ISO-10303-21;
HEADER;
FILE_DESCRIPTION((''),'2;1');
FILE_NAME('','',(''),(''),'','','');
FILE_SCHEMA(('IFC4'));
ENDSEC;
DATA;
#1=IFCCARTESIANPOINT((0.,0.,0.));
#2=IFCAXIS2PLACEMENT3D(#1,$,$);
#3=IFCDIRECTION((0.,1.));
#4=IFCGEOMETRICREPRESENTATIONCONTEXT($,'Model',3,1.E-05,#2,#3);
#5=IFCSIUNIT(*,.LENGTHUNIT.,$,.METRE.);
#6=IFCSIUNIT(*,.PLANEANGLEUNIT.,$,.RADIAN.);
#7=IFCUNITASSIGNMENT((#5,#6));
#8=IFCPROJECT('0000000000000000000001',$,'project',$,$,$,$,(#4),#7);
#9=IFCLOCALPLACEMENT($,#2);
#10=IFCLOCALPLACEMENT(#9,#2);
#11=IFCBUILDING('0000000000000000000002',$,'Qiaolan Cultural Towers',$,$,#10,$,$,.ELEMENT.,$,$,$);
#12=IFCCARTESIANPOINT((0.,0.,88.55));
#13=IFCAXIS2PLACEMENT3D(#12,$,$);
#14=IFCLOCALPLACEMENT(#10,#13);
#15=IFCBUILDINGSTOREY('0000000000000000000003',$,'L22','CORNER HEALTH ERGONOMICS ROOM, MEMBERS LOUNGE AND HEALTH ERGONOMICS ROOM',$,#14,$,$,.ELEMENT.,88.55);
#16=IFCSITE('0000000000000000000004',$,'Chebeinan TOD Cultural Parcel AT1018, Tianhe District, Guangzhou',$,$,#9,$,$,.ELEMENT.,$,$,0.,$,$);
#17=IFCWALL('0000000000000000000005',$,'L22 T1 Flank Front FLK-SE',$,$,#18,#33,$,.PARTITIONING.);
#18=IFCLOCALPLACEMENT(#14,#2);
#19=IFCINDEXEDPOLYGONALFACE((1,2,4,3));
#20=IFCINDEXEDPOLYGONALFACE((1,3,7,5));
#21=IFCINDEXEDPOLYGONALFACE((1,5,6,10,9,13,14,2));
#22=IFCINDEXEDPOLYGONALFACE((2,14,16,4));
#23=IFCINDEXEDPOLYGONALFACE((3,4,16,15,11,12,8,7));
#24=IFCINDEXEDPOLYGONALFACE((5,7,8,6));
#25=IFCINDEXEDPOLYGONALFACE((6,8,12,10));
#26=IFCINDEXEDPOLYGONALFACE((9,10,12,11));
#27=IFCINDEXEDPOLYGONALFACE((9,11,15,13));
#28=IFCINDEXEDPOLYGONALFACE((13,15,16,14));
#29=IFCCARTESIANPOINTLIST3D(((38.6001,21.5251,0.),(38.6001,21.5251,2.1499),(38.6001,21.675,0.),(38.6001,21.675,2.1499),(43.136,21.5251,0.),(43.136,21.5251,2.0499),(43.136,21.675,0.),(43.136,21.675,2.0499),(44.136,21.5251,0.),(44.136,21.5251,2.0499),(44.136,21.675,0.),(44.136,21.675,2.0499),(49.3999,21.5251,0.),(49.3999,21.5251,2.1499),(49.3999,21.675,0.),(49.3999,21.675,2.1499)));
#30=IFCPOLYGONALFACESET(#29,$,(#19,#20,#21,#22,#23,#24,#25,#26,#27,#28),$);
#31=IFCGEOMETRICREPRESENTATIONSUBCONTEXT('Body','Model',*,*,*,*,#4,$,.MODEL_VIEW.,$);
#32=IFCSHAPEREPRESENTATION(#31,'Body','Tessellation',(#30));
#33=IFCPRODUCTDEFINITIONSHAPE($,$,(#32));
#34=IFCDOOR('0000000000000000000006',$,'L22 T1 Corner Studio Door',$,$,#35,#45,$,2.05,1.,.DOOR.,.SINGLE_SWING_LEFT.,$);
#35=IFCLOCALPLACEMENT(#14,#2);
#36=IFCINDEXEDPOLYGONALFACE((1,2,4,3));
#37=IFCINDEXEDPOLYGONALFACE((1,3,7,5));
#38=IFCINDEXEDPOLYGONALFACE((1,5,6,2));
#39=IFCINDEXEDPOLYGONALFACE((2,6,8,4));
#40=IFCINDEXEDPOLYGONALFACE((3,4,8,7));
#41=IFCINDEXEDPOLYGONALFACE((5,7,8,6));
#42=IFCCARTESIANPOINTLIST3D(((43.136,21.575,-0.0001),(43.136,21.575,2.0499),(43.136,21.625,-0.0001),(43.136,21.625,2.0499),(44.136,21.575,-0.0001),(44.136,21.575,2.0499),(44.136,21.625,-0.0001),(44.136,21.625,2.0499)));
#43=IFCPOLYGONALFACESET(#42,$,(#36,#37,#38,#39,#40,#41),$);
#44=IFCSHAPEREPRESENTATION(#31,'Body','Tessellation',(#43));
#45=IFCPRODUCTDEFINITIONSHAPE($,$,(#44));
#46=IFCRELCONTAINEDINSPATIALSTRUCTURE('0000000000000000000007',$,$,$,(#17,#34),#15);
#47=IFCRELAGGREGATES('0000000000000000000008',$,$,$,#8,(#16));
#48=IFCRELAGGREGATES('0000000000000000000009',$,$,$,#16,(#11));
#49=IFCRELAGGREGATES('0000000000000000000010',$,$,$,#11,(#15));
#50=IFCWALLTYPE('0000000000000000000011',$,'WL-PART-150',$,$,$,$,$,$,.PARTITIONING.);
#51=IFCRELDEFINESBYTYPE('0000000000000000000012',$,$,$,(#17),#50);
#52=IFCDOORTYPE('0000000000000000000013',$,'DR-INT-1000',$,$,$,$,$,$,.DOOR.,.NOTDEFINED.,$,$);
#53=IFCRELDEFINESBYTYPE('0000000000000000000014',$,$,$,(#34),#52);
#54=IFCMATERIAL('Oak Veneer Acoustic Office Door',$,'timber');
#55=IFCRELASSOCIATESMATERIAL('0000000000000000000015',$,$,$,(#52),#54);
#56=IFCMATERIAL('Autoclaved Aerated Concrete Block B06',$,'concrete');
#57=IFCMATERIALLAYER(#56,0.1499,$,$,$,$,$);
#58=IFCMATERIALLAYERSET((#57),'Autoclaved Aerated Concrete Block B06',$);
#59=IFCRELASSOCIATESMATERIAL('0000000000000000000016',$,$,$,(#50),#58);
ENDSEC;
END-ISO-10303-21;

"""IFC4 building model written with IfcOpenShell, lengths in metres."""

from ifc_helpers import new_model, si_unit, direction, frame, frame_2d, origin, place, context, subcontext, project, spatial, rectangle, extrude, material, layer, layer_set, type_object, element, fill, save


model = new_model("IFC4")

# Units and contexts
model_context = context("Model", 3, precision=1e-05, world=origin(), true_north=direction((0.0, 1.0)))
body_context = subcontext(model_context, "Body", "Model", "MODEL_VIEW")
ifc_project = project(units=[si_unit("LENGTHUNIT", "METRE"), si_unit("PLANEANGLEUNIT", "RADIAN")], contexts=[model_context])

# Site, building, storey
site_placement = place(None, origin())
site = spatial("IfcSite", under=ifc_project, at=site_placement, Name="Chebeinan TOD Cultural Parcel AT1018, Tianhe District, Guangzhou", CompositionType="ELEMENT", RefElevation=0.0)
building_placement = place(site_placement, origin())
building = spatial("IfcBuilding", under=site, at=building_placement, Name="Qiaolan Cultural Towers", CompositionType="ELEMENT")
storey_placement = place(building_placement, frame((0.0, 0.0, 88.55)))
storey = spatial("IfcBuildingStorey", under=building, at=storey_placement, Name="L22", Description="CORNER HEALTH ERGONOMICS ROOM, MEMBERS LOUNGE AND HEALTH ERGONOMICS ROOM", CompositionType="ELEMENT", Elevation=88.55)

# Shared definitions
ifc_material_1 = material(Name="Oak Veneer Acoustic Office Door", Category="timber")
door_type_1 = type_object("IfcDoorType", Name="DR-INT-1000", OperationType="NOTDEFINED", PredefinedType="DOOR", material=ifc_material_1)

# Shared definitions
ifc_material_2 = material(Name="Autoclaved Aerated Concrete Block B06", Category="concrete")
ifc_layer_1 = layer(ifc_material_2, 0.1499)
ifc_layer_set_1 = layer_set([ifc_layer_1], Name="Autoclaved Aerated Concrete Block B06")
wall_type_1 = type_object("IfcWallType", Name="WL-PART-150", PredefinedType="PARTITIONING", material=ifc_layer_set_1)

# Wall, opening, door
wall_1_placement = place(storey_placement, frame((38.6001, 21.6001, 0.0), z_axis=(0.0, 0.0, 1.0), x_axis=(1.0, 0.0, 0.0)))
wall_1 = element("IfcWall", 1, at=wall_1_placement, inside=storey, type_object=wall_type_1, Name="L22 T1 Flank Front FLK-SE", PredefinedType="PARTITIONING", context=body_context, shape_type="SweptSolid", body=[
    extrude(rectangle(XDim=10.7998, YDim=0.1499, at=frame_2d((5.3999, 0.0))), origin(), (0.0, 0.0, 1.0), 2.1499),
])
opening_1_placement = place(wall_1_placement, frame((4.5359, 0.0, 0.0)))
opening_1 = element("IfcOpeningElement", 2, at=opening_1_placement, cuts=wall_1, PredefinedType="OPENING", context=body_context, shape_type="SweptSolid", body=[
    extrude(rectangle(XDim=1.0, YDim=2.05, at=frame_2d((0.5, 1.0249))), frame((0.0, 0.085, 0.0), z_axis=(0.0, -1.0, 0.0), x_axis=(1.0, 0.0, 0.0)), (0.0, 0.0, 1.0), 0.1699),
])
door_1_placement = place(opening_1_placement, origin())
door_1 = element("IfcDoor", 3, at=door_1_placement, inside=storey, type_object=door_type_1, Name="L22 T1 Corner Studio Door", OperationType="SINGLE_SWING_LEFT", OverallHeight=2.05, OverallWidth=1.0, PredefinedType="DOOR", context=body_context, shape_type="SweptSolid", body=[
    extrude(rectangle(XDim=1.0, YDim=2.05, at=frame_2d((0.5, 1.0249))), frame((0.0, 0.0249, 0.0), z_axis=(0.0, -1.0, 0.0), x_axis=(1.0, 0.0, 0.0)), (0.0, 0.0, 1.0), 0.05),
])
fill(opening_1, door_1)

save(model, "model.ifc")
